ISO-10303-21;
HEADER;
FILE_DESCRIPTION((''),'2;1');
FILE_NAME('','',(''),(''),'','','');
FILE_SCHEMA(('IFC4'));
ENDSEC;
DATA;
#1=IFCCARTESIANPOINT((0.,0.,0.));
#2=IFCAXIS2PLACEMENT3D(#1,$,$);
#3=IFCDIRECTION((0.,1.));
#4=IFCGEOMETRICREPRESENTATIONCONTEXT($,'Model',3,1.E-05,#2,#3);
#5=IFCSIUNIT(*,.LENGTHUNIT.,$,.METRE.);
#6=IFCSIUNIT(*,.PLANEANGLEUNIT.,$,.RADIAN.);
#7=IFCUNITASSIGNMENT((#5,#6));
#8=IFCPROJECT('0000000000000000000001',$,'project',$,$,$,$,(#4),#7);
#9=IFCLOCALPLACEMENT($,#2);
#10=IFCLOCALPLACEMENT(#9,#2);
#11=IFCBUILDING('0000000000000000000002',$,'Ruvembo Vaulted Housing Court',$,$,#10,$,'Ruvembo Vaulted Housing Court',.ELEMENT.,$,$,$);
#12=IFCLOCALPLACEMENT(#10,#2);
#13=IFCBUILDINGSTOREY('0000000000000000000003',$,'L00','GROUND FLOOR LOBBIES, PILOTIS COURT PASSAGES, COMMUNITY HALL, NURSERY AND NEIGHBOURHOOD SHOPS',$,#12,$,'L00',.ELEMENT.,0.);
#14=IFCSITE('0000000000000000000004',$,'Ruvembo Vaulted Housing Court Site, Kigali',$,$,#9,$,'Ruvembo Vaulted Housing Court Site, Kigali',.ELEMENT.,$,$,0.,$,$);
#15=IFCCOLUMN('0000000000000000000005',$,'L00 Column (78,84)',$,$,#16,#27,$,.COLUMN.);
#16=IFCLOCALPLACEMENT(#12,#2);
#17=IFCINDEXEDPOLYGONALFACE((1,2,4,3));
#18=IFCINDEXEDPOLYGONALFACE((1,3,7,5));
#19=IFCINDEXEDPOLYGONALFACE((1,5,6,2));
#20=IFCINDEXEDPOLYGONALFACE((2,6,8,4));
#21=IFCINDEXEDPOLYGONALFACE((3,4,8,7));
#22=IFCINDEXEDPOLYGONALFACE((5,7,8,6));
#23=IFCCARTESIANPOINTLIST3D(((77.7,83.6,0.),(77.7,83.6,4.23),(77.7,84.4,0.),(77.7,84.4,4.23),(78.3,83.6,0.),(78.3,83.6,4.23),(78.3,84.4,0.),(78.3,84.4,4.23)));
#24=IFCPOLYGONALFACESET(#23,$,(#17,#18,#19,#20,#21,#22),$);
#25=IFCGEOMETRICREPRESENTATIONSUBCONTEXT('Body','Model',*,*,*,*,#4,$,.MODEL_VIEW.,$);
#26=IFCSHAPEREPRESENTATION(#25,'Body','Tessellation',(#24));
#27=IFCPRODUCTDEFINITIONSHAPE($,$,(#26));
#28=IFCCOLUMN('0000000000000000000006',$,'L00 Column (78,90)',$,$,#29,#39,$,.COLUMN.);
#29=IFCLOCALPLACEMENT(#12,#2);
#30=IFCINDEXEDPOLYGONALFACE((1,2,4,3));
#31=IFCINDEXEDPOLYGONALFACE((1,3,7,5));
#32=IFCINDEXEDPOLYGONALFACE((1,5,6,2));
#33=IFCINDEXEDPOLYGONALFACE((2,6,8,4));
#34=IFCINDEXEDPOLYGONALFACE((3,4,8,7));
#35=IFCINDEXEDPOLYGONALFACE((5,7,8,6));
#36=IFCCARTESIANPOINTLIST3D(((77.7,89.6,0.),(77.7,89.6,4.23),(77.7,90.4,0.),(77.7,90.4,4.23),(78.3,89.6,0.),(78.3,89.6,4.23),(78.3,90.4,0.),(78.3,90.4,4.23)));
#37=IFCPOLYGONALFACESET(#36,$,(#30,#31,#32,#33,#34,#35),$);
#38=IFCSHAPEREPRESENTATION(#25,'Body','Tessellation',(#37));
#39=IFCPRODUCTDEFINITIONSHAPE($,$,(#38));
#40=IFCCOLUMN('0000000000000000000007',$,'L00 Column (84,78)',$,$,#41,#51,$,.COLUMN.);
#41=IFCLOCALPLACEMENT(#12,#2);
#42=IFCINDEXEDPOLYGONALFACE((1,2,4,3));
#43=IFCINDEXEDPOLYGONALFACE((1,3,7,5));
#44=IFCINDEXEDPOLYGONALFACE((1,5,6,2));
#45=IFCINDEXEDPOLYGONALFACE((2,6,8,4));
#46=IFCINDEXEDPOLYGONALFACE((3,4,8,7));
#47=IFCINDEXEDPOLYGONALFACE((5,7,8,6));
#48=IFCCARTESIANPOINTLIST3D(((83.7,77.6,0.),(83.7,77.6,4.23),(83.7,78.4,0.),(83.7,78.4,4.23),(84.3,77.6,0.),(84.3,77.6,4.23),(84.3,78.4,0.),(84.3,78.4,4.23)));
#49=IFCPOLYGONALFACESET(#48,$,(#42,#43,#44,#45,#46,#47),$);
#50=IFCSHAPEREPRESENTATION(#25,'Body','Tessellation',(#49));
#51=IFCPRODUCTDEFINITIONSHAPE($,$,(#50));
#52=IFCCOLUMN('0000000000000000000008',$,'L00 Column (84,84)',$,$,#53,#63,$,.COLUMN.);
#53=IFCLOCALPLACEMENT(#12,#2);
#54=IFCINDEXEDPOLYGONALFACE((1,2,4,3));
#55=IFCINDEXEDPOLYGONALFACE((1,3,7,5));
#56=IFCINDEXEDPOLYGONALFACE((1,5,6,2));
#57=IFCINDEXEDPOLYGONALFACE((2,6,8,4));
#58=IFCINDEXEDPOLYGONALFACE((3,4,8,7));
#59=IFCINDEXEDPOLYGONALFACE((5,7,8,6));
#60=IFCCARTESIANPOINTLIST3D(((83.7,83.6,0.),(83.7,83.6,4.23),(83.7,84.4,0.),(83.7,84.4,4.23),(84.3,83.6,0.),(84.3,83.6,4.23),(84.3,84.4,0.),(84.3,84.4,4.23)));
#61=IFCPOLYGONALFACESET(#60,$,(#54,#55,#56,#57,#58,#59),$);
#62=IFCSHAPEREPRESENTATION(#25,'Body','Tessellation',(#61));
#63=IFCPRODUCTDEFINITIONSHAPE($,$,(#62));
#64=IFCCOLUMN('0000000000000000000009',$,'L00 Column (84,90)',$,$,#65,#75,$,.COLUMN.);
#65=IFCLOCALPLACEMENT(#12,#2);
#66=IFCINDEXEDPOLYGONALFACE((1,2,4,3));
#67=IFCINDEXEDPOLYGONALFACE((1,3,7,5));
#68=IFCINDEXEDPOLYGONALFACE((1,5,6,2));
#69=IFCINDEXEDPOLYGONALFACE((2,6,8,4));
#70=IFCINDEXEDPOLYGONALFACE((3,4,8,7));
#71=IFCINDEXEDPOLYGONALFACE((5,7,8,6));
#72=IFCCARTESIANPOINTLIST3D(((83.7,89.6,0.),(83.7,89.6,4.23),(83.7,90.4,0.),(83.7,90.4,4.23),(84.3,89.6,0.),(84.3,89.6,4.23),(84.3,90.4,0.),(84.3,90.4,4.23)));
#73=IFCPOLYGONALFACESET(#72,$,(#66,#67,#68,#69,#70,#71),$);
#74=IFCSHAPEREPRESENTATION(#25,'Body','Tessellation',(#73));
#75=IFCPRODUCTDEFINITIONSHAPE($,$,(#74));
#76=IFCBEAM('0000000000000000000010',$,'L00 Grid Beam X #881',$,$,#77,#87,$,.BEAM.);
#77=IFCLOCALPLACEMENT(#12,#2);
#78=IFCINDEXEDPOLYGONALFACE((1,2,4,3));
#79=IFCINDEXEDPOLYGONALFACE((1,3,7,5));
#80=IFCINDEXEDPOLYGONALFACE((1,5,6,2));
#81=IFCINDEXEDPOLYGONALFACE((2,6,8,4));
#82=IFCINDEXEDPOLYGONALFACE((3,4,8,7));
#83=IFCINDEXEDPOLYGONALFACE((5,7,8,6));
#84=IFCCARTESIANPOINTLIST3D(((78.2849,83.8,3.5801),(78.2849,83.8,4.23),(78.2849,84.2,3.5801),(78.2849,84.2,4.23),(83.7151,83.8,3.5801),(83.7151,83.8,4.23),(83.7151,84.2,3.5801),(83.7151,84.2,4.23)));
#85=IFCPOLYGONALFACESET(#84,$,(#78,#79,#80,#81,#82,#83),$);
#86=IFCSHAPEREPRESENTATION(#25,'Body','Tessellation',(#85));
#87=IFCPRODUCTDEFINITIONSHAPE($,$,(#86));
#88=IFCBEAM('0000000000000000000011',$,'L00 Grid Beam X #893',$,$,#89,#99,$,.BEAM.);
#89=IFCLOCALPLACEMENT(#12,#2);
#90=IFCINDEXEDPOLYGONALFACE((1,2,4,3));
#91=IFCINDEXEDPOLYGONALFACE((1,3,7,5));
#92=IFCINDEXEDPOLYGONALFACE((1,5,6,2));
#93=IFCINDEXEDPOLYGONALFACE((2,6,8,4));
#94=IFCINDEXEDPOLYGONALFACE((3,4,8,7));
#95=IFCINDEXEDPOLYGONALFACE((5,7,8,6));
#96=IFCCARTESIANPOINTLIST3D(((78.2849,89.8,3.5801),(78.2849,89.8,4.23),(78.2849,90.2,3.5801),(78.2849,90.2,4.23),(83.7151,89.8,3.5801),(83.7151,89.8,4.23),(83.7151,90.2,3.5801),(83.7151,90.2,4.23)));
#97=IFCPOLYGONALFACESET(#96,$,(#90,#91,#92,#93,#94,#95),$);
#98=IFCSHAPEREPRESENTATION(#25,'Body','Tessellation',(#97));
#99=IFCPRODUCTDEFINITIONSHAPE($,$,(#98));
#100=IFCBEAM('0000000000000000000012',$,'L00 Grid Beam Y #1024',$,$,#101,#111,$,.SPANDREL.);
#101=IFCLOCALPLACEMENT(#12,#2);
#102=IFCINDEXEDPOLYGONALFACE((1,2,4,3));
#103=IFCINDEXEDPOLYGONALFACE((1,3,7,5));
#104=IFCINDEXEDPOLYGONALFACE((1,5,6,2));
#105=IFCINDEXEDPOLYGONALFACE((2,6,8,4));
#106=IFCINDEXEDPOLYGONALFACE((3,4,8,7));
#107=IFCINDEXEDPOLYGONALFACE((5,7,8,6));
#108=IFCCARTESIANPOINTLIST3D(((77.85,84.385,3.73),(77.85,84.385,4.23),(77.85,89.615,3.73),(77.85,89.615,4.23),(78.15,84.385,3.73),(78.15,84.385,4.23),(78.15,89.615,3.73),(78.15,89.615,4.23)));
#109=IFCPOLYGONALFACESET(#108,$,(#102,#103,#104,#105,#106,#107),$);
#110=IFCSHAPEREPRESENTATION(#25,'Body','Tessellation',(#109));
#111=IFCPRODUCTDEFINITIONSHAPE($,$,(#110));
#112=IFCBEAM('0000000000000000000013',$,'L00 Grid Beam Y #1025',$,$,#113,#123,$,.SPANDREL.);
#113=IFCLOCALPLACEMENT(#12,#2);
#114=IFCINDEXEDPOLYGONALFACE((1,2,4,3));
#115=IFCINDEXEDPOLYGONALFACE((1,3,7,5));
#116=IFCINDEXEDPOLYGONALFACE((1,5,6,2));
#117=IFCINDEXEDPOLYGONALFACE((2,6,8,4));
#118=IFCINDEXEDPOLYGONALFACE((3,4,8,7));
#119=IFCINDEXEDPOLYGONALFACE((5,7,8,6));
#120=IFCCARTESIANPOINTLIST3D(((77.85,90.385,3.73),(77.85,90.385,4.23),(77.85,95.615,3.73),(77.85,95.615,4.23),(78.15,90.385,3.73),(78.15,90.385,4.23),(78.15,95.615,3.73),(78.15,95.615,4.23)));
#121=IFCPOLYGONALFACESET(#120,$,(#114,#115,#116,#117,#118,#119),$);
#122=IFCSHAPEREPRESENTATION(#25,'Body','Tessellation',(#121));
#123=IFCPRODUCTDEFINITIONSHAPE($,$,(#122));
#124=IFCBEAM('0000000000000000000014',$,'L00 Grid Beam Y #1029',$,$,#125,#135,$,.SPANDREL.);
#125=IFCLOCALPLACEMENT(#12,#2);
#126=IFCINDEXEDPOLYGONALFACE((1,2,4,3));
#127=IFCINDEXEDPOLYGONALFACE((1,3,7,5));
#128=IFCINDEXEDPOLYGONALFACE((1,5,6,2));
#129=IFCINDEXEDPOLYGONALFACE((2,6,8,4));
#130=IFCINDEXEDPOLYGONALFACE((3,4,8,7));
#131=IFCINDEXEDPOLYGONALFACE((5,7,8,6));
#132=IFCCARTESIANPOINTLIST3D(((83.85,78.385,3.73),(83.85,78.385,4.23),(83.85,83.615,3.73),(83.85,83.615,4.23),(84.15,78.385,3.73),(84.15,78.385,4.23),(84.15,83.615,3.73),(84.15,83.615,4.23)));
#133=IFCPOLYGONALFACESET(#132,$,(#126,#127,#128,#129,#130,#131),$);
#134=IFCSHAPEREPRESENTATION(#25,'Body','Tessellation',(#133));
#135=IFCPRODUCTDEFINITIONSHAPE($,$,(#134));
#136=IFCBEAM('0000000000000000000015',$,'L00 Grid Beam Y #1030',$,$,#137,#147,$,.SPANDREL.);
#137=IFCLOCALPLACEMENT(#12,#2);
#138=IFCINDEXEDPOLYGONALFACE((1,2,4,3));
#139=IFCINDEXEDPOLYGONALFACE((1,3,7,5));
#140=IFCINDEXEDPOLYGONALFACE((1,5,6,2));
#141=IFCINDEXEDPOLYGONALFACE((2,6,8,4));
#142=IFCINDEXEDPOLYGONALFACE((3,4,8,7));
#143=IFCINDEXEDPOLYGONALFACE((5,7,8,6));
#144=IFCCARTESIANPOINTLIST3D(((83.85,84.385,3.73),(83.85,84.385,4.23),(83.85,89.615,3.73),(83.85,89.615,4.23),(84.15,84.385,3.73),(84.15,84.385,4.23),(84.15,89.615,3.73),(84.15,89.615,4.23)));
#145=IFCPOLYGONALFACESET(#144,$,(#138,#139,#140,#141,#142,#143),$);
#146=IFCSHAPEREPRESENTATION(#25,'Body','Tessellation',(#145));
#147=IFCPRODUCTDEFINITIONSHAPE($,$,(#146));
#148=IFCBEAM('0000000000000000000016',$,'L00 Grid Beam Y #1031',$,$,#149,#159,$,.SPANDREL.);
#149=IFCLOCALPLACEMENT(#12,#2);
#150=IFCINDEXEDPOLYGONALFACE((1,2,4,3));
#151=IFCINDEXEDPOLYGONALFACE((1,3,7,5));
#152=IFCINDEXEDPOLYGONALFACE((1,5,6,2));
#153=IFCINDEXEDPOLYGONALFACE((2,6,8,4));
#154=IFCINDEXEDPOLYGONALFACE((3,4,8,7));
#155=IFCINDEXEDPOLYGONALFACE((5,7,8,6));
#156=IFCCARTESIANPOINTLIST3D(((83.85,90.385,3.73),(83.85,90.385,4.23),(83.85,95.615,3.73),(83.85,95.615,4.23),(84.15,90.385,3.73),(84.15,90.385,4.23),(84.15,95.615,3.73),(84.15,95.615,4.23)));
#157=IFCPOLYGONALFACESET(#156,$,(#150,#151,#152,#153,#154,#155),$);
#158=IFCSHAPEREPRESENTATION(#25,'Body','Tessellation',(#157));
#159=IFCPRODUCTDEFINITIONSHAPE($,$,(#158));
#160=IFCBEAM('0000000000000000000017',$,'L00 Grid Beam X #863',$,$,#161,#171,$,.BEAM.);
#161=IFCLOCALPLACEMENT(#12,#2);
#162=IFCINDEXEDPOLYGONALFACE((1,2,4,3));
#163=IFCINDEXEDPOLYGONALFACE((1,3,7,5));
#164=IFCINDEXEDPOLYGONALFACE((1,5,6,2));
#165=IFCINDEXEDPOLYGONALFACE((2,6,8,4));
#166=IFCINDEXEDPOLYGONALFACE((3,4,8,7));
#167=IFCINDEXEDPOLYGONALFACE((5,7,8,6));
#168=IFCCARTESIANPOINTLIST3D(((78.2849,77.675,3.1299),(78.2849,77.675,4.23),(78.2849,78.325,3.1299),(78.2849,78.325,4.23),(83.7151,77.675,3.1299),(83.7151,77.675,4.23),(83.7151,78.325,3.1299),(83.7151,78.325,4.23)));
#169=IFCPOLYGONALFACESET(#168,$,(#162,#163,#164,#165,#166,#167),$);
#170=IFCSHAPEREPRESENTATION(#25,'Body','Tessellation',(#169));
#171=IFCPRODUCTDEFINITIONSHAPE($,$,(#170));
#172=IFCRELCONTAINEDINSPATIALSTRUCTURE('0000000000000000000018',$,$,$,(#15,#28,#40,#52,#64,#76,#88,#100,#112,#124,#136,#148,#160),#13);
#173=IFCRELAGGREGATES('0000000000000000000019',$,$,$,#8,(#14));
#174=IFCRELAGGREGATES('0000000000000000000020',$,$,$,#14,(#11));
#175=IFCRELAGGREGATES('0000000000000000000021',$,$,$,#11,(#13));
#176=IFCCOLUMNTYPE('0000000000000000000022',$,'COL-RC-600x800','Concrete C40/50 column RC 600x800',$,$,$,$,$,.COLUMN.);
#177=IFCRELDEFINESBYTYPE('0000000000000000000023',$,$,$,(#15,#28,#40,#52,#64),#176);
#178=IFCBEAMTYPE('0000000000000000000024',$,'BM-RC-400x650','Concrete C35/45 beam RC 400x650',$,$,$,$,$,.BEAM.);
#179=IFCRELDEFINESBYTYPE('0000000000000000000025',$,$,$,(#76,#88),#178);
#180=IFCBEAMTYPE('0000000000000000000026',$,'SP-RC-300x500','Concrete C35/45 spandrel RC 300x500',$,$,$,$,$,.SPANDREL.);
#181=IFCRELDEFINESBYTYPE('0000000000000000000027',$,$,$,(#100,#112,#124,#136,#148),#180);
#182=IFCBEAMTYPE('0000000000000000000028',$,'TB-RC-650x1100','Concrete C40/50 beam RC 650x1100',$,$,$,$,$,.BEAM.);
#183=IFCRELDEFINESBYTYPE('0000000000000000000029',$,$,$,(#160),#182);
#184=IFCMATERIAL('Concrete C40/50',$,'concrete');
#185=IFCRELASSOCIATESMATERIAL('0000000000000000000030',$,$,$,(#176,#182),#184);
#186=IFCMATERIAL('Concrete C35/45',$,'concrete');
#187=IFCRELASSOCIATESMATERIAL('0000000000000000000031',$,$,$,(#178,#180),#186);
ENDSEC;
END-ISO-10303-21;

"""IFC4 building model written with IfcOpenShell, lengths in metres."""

from ifc_helpers import new_model, si_unit, direction, frame, origin, origin_2d, place, context, subcontext, project, spatial, rectangle, extrude, material, material_profile, profile_set, type_object, element, save


model = new_model("IFC4")

# Units and contexts
model_context = context("Model", 3, precision=1e-05, world=origin(), true_north=direction((0.0, 1.0)))
body_context = subcontext(model_context, "Body", "Model", "MODEL_VIEW")
ifc_project = project(units=[si_unit("LENGTHUNIT", "METRE"), si_unit("PLANEANGLEUNIT", "RADIAN")], contexts=[model_context])

# Site, building, storey
site_placement = place(None, origin())
site = spatial("IfcSite", under=ifc_project, at=site_placement, Name="Ruvembo Vaulted Housing Court Site, Kigali", LongName="Ruvembo Vaulted Housing Court Site, Kigali", CompositionType="ELEMENT", RefElevation=0.0)
building_placement = place(site_placement, origin())
building = spatial("IfcBuilding", under=site, at=building_placement, Name="Ruvembo Vaulted Housing Court", LongName="Ruvembo Vaulted Housing Court", CompositionType="ELEMENT")
storey_placement = place(building_placement, origin())
storey = spatial("IfcBuildingStorey", under=building, at=storey_placement, Name="L00", Description="GROUND FLOOR LOBBIES, PILOTIS COURT PASSAGES, COMMUNITY HALL, NURSERY AND NEIGHBOURHOOD SHOPS", LongName="L00", CompositionType="ELEMENT", Elevation=0.0)

# Columns
ifc_material_1 = material(Name="Concrete C40/50", Category="concrete")
ifc_material_profile_1 = material_profile(ifc_material_1, rectangle(XDim=0.6001, YDim=0.8, at=origin_2d()), Name="RC 600x800")
ifc_profile_set_1 = profile_set([ifc_material_profile_1], Name="Concrete C40/50")
column_type = type_object("IfcColumnType", Name="COL-RC-600x800", Description="Concrete C40/50 column RC 600x800", PredefinedType="COLUMN", material=ifc_profile_set_1)
for number, where, z_axis, x_axis, name in (
    (1, (78.0, 84.0, 0.0), (0.0, 0.0, 1.0), (1.0, 0.0, 0.0), "L00 Column (78,84)"),
    (2, (78.0, 90.0, 0.0), (0.0, 0.0, 1.0), (1.0, 0.0, 0.0), "L00 Column (78,90)"),
    (3, (84.0, 78.0, 0.0), (0.0, 0.0, 1.0), (1.0, 0.0, 0.0), "L00 Column (84,78)"),
    (4, (84.0, 84.0, 0.0), (0.0, 0.0, 1.0), (1.0, 0.0, 0.0), "L00 Column (84,84)"),
    (5, (84.0, 90.0, 0.0), (0.0, 0.0, 1.0), (1.0, 0.0, 0.0), "L00 Column (84,90)"),
):
    element("IfcColumn", number, at=place(storey_placement, frame(where, z_axis=z_axis, x_axis=x_axis)), inside=storey, type_object=column_type, Name=name, PredefinedType="COLUMN", context=body_context, shape_type="SweptSolid", body=[
        extrude(rectangle(XDim=0.6001, YDim=0.8, at=origin_2d()), origin(), (0.0, 0.0, 1.0), 4.23),
    ])

# Beams
ifc_material_2 = material(Name="Concrete C35/45", Category="concrete")
ifc_material_profile_2 = material_profile(ifc_material_2, rectangle(XDim=0.3999, YDim=0.6499, at=origin_2d()), Name="RC 400x650")
ifc_profile_set_2 = profile_set([ifc_material_profile_2], Name="Concrete C35/45")
beam_type_1 = type_object("IfcBeamType", Name="BM-RC-400x650", Description="Concrete C35/45 beam RC 400x650", PredefinedType="BEAM", material=ifc_profile_set_2)
for number, where, z_axis, x_axis, name in (
    (6, (78.2849, 84.0, 3.905), (1.0, 0.0, 0.0), (0.0, 1.0, 0.0), "L00 Grid Beam X #881"),
    (7, (78.2849, 90.0, 3.905), (1.0, 0.0, 0.0), (0.0, 1.0, 0.0), "L00 Grid Beam X #893"),
):
    element("IfcBeam", number, at=place(storey_placement, frame(where, z_axis=z_axis, x_axis=x_axis)), inside=storey, type_object=beam_type_1, Name=name, PredefinedType="BEAM", context=body_context, shape_type="SweptSolid", body=[
        extrude(rectangle(XDim=0.3999, YDim=0.6499, at=origin_2d()), origin(), (0.0, 0.0, 1.0), 5.4302),
    ])
ifc_material_profile_3 = material_profile(ifc_material_2, rectangle(XDim=0.3, YDim=0.5, at=origin_2d()), Name="RC 300x500")
ifc_profile_set_3 = profile_set([ifc_material_profile_3], Name="Concrete C35/45")
beam_type_2 = type_object("IfcBeamType", Name="SP-RC-300x500", Description="Concrete C35/45 spandrel RC 300x500", PredefinedType="SPANDREL", material=ifc_profile_set_3)
for number, where, z_axis, x_axis, name in (
    (8, (78.0, 84.385, 3.98), (0.0, 1.0, 0.0), (-1.0, 0.0, 0.0), "L00 Grid Beam Y #1024"),
    (9, (78.0, 90.385, 3.98), (0.0, 1.0, 0.0), (-1.0, 0.0, 0.0), "L00 Grid Beam Y #1025"),
    (10, (84.0, 78.385, 3.98), (0.0, 1.0, 0.0), (-1.0, 0.0, 0.0), "L00 Grid Beam Y #1029"),
    (11, (84.0, 84.385, 3.98), (0.0, 1.0, 0.0), (-1.0, 0.0, 0.0), "L00 Grid Beam Y #1030"),
    (12, (84.0, 90.385, 3.98), (0.0, 1.0, 0.0), (-1.0, 0.0, 0.0), "L00 Grid Beam Y #1031"),
):
    element("IfcBeam", number, at=place(storey_placement, frame(where, z_axis=z_axis, x_axis=x_axis)), inside=storey, type_object=beam_type_2, Name=name, PredefinedType="SPANDREL", context=body_context, shape_type="SweptSolid", body=[
        extrude(rectangle(XDim=0.3, YDim=0.5, at=origin_2d()), origin(), (0.0, 0.0, 1.0), 5.23),
    ])
ifc_material_profile_4 = material_profile(ifc_material_1, rectangle(XDim=0.6499, YDim=1.1001, at=origin_2d()), Name="RC 650x1100")
ifc_profile_set_4 = profile_set([ifc_material_profile_4], Name="Concrete C40/50")
beam_type_3 = type_object("IfcBeamType", Name="TB-RC-650x1100", Description="Concrete C40/50 beam RC 650x1100", PredefinedType="BEAM", material=ifc_profile_set_4)
beam_placement = place(storey_placement, frame((78.2849, 78.0, 3.6799), z_axis=(1.0, 0.0, 0.0), x_axis=(0.0, 1.0, 0.0)))
element("IfcBeam", 13, at=beam_placement, inside=storey, type_object=beam_type_3, Name="L00 Grid Beam X #863", PredefinedType="BEAM", context=body_context, shape_type="SweptSolid", body=[
    extrude(rectangle(XDim=0.6499, YDim=1.1001, at=origin_2d()), origin(), (0.0, 0.0, 1.0), 5.4302),
])

save(model, "model.ifc")
